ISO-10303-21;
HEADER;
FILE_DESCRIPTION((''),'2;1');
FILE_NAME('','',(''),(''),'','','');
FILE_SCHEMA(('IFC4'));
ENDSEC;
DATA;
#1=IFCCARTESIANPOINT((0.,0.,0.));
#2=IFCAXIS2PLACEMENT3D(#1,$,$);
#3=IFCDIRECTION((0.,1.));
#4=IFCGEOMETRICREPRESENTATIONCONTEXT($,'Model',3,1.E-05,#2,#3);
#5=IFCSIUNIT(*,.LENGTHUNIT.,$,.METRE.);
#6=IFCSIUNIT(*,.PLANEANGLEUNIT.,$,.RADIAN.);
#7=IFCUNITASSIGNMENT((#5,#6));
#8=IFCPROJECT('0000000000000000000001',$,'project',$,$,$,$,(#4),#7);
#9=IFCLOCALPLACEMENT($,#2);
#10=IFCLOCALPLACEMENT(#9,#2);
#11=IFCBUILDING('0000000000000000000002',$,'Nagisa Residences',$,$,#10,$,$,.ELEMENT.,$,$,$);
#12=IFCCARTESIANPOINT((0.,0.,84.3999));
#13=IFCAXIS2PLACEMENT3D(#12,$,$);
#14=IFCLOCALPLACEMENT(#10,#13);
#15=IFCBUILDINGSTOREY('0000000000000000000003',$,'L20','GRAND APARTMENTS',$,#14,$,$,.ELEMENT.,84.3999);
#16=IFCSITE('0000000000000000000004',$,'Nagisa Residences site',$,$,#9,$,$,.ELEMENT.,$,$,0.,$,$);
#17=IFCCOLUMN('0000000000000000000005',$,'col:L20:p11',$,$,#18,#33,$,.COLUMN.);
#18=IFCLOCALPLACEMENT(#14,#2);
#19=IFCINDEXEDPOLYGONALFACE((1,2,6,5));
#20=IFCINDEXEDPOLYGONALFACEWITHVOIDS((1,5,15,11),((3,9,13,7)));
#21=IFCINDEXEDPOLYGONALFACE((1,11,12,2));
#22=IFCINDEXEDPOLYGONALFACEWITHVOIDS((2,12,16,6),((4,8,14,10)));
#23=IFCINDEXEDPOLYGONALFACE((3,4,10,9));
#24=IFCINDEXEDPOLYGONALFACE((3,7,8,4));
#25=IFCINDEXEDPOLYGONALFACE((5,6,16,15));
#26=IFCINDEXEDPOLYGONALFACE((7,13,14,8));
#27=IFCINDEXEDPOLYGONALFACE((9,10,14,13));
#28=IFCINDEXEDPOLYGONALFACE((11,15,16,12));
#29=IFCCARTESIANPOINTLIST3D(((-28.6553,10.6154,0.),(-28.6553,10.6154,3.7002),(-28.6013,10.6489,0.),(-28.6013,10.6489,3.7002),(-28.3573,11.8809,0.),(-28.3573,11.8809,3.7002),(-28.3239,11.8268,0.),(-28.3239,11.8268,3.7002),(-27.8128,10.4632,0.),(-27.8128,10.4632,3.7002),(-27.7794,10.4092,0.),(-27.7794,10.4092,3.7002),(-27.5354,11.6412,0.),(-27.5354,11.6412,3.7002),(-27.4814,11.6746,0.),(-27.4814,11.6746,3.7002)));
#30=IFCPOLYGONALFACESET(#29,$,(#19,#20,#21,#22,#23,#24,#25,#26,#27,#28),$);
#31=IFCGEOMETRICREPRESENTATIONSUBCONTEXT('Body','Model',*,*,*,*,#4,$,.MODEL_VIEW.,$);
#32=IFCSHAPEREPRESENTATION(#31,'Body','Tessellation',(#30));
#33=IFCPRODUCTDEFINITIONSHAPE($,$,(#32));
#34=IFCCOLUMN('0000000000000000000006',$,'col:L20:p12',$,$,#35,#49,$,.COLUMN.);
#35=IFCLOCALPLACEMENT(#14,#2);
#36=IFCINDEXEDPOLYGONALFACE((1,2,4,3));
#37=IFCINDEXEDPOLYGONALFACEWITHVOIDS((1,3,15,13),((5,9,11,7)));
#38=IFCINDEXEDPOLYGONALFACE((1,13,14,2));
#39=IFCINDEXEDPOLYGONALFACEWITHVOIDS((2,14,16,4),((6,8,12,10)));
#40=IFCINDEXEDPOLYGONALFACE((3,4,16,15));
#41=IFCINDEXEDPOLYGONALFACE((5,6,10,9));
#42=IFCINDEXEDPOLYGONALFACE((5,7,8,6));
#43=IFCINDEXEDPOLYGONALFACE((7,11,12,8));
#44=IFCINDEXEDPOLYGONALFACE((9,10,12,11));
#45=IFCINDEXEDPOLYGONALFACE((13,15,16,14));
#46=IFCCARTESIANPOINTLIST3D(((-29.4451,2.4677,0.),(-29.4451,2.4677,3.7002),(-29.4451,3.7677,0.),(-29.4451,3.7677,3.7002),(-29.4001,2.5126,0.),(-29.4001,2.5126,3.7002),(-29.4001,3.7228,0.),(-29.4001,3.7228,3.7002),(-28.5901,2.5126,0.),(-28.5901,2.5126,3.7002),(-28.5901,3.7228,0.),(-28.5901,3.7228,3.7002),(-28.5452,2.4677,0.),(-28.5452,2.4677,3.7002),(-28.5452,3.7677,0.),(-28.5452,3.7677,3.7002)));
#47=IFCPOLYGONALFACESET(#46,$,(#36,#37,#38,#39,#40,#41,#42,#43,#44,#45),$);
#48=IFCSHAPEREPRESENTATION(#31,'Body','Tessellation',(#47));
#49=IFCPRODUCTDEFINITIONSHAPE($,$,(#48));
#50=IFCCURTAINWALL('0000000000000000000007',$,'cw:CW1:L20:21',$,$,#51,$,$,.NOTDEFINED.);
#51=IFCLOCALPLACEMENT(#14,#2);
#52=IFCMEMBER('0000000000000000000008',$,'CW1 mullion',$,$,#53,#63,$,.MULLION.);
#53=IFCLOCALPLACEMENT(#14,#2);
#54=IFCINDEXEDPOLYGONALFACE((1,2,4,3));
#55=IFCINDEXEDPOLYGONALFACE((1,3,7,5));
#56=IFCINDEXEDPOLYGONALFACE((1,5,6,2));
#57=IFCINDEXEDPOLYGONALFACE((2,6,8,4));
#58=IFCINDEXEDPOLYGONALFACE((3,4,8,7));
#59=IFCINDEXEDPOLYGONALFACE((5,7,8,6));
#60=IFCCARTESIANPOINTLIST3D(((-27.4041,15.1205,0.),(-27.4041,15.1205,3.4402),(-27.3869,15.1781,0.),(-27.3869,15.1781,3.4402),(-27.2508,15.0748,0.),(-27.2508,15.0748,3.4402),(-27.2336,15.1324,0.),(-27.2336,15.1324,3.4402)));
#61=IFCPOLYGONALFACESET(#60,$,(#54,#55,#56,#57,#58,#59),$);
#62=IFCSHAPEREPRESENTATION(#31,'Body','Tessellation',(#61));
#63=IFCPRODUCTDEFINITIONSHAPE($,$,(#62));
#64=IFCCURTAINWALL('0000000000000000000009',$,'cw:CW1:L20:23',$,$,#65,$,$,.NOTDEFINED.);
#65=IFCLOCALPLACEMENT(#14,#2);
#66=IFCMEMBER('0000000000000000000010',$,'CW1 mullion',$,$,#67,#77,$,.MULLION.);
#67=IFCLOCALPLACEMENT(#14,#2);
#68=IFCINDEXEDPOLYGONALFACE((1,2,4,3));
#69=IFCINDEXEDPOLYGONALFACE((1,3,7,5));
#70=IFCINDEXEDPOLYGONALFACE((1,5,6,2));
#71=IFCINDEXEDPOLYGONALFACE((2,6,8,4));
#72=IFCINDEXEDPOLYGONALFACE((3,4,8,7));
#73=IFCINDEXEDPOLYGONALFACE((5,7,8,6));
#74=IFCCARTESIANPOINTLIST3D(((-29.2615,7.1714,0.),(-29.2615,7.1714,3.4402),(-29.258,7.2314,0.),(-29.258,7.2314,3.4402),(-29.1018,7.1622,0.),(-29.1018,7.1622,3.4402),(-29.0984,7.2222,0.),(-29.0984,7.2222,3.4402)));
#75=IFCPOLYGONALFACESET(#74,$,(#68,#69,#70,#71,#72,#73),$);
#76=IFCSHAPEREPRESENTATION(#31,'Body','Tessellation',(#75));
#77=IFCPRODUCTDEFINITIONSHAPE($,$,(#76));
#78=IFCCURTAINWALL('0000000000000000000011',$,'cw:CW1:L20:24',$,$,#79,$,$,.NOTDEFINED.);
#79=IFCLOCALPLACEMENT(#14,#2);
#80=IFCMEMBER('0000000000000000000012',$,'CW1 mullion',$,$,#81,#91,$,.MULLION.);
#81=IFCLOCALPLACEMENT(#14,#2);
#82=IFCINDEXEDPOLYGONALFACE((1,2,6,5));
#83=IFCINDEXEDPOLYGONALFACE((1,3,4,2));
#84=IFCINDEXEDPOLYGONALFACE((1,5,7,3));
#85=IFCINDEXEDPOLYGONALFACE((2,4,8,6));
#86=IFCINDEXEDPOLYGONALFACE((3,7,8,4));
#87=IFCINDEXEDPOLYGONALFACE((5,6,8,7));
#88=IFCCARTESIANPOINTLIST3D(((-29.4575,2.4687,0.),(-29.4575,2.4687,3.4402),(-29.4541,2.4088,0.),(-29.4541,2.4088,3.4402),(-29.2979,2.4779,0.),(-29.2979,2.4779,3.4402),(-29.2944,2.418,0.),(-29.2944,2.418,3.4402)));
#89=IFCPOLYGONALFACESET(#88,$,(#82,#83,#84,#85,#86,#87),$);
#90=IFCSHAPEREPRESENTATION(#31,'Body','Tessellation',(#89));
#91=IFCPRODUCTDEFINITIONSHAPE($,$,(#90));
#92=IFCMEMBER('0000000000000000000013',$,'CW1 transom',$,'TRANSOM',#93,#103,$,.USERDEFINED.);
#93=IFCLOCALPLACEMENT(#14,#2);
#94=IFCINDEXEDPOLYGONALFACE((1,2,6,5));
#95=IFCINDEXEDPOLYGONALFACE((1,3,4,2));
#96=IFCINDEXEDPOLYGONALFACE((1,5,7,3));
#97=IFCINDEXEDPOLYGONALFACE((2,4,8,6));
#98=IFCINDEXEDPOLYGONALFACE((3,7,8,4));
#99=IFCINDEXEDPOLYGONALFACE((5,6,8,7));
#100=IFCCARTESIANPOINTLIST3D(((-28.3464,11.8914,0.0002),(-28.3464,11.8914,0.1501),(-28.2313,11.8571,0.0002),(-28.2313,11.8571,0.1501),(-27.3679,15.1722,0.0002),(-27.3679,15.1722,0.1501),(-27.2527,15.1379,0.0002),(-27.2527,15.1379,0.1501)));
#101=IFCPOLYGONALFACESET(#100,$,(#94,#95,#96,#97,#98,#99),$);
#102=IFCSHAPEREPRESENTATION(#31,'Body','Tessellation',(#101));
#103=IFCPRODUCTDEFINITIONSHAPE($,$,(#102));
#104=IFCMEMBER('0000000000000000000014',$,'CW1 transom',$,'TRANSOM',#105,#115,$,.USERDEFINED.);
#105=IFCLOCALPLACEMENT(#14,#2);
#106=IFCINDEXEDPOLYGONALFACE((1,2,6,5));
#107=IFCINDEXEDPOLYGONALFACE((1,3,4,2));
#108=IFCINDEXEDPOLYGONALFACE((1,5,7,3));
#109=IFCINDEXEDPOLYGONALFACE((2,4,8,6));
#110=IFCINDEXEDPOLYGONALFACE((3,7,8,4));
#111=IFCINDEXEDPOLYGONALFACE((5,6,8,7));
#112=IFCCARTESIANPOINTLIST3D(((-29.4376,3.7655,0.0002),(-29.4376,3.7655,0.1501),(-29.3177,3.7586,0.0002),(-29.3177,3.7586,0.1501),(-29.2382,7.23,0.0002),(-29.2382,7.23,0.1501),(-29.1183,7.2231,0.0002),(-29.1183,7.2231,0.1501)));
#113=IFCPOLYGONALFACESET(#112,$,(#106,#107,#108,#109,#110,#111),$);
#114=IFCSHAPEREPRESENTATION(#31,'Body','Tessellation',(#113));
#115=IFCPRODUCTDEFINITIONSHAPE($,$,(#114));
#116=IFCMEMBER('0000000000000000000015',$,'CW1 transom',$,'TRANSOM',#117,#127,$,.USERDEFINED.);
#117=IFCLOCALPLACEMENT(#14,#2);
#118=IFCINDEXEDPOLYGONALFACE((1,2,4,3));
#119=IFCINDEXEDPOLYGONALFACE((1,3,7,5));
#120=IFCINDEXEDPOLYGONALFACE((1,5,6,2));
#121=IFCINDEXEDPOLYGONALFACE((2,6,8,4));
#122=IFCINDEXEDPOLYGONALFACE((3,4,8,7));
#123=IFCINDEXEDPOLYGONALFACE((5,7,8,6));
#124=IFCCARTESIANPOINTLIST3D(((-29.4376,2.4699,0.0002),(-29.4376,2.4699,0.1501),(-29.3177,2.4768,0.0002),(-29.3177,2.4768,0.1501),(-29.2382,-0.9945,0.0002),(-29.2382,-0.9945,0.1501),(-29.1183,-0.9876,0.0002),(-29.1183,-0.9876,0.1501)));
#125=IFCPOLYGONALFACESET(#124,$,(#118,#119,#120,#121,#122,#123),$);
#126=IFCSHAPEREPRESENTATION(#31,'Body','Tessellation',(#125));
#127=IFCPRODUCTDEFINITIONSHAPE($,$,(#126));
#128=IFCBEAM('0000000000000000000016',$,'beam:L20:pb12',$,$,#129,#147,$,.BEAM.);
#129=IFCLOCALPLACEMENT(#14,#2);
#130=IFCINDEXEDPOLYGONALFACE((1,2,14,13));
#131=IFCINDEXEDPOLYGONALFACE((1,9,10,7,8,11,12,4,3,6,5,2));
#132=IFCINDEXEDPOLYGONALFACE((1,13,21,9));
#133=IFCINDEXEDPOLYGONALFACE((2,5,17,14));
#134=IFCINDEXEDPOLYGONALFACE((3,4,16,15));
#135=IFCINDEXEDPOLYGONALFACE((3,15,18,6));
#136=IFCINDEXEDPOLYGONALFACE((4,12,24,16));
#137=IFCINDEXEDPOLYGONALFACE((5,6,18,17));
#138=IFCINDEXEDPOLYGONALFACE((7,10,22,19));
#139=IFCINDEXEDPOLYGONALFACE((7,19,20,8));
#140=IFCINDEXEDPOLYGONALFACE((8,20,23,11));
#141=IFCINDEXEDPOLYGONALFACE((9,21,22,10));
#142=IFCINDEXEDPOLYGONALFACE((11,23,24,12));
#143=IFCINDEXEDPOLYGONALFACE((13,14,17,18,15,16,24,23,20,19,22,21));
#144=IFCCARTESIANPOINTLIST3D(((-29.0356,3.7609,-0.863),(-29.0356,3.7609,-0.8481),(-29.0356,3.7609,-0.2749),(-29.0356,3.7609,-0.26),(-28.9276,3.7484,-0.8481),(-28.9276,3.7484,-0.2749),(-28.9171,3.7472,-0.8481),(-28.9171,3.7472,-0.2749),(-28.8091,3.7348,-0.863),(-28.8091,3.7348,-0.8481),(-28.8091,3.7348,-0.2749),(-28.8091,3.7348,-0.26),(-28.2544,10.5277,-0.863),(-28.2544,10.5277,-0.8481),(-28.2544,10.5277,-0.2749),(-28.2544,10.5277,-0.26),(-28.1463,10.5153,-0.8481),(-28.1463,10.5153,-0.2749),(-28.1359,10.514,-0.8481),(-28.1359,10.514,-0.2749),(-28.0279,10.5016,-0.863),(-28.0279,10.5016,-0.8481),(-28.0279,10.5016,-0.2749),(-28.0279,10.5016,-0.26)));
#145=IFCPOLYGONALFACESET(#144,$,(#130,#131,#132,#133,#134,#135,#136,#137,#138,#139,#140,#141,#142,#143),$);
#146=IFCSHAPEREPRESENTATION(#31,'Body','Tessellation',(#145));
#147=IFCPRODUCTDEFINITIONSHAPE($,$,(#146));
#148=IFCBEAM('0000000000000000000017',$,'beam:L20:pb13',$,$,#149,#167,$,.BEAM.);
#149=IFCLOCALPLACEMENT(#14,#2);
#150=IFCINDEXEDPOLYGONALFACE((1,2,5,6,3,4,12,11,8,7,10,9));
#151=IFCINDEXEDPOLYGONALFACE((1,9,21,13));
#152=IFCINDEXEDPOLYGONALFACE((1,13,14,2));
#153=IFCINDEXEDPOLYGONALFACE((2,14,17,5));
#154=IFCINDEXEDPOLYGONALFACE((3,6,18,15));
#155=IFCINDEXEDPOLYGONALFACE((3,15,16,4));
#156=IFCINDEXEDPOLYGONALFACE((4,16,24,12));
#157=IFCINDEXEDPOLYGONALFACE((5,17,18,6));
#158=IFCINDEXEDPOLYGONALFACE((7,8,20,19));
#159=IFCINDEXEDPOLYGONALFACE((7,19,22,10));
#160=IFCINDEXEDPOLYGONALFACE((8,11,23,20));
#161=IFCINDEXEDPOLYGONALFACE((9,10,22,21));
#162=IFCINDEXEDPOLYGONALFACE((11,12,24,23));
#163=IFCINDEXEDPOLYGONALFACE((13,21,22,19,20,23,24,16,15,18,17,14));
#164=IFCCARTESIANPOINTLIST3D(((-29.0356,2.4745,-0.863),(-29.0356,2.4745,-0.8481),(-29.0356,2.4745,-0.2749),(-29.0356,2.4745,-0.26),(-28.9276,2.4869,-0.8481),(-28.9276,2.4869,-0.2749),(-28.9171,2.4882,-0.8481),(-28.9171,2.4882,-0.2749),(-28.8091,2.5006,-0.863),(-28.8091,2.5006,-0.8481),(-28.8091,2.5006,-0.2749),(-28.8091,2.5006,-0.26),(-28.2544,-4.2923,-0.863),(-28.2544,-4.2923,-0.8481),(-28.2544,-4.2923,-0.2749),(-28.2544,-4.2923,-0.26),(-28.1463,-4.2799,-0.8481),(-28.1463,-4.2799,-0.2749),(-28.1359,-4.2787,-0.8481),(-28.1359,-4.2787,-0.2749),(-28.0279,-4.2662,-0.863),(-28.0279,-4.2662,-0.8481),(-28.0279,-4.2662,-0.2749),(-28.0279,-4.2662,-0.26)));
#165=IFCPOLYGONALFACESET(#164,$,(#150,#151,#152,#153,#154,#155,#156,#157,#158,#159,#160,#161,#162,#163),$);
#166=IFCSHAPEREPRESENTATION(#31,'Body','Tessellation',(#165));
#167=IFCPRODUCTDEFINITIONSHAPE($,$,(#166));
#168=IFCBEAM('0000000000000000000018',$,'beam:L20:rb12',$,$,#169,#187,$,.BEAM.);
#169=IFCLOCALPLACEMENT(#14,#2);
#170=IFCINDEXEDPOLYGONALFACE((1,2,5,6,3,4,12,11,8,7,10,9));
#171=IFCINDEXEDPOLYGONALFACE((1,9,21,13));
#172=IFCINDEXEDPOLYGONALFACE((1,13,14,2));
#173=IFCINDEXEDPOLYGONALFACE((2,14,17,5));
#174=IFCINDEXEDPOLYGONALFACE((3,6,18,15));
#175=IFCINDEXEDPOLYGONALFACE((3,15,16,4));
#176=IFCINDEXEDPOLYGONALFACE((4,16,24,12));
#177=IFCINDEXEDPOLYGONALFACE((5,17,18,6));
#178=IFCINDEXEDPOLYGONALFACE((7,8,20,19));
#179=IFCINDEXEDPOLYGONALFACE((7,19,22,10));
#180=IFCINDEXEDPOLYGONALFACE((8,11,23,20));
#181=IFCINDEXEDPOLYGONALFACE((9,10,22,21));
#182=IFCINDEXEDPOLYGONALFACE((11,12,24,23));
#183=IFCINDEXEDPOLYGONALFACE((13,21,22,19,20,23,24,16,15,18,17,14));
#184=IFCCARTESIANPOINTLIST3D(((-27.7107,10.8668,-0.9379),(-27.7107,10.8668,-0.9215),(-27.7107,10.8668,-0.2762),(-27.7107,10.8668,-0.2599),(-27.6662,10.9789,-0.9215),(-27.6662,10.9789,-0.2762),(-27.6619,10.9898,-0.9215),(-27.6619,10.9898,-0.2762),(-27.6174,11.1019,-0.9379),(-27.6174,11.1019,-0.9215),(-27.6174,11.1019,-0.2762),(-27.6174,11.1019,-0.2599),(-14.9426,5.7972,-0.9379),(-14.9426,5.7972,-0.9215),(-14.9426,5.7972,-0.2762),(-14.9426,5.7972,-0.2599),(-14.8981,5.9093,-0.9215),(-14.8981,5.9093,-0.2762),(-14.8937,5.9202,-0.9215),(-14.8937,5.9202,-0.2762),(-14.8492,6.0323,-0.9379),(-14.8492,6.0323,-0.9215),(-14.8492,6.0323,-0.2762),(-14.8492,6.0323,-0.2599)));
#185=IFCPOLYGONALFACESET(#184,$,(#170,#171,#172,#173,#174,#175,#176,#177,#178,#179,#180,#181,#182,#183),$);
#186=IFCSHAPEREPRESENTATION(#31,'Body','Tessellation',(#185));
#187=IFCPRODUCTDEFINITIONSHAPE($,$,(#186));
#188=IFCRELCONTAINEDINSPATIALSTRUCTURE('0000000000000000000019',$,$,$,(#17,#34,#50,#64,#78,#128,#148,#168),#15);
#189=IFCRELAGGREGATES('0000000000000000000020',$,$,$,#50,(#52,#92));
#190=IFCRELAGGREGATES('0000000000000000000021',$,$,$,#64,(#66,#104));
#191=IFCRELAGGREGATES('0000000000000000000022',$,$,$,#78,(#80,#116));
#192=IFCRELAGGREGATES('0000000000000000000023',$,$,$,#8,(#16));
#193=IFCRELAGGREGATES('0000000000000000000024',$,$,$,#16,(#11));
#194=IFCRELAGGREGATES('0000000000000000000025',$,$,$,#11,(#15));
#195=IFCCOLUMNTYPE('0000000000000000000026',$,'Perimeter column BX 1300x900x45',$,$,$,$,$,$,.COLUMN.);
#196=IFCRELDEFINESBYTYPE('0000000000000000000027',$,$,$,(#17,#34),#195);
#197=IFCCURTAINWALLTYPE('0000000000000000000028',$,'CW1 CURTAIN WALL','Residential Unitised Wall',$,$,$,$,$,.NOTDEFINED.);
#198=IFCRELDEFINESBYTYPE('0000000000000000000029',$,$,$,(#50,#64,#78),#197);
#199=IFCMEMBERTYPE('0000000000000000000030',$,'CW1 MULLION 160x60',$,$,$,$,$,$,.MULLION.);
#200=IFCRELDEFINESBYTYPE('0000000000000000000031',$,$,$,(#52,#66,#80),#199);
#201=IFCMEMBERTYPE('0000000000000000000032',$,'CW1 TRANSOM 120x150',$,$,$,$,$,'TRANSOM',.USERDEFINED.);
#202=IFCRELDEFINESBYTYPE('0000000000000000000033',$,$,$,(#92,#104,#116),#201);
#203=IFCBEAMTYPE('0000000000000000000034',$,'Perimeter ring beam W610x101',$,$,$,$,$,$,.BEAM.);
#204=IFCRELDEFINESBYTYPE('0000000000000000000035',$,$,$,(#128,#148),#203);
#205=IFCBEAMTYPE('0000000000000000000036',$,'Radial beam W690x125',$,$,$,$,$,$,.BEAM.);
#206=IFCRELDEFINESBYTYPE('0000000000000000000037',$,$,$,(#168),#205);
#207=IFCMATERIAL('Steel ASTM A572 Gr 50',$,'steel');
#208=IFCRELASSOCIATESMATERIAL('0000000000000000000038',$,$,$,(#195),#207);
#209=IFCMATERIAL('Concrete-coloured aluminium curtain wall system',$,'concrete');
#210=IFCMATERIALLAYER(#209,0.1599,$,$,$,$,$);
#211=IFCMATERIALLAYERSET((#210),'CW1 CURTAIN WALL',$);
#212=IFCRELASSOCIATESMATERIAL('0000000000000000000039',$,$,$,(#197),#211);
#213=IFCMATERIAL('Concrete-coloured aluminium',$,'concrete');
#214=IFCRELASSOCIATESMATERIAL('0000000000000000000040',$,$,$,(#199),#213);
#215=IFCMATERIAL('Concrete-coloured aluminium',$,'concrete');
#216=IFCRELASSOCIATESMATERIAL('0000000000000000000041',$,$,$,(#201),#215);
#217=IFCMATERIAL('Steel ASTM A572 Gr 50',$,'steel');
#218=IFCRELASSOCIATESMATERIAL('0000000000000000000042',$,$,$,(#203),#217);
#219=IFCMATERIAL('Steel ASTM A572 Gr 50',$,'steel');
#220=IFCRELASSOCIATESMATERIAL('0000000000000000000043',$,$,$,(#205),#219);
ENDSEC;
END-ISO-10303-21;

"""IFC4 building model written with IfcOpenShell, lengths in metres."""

from ifc_helpers import new_model, si_unit, direction, frame, origin, origin_2d, place, context, subcontext, project, spatial, rectangle, hollow_rectangle, i_section, extrude, material, layer, layer_set, material_profile, profile_set, type_object, element, aggregate, save


model = new_model("IFC4")

# Units and contexts
model_context = context("Model", 3, precision=1e-05, world=origin(), true_north=direction((0.0, 1.0)))
body_context = subcontext(model_context, "Body", "Model", "MODEL_VIEW")
ifc_project = project(units=[si_unit("LENGTHUNIT", "METRE"), si_unit("PLANEANGLEUNIT", "RADIAN")], contexts=[model_context])

# Site, building, storey
site_placement = place(None, origin())
site = spatial("IfcSite", under=ifc_project, at=site_placement, Name="Nagisa Residences site", CompositionType="ELEMENT", RefElevation=0.0)
building_placement = place(site_placement, origin())
building = spatial("IfcBuilding", under=site, at=building_placement, Name="Nagisa Residences", CompositionType="ELEMENT")
storey_placement = place(building_placement, frame((0.0, 0.0, 84.3999)))
storey = spatial("IfcBuildingStorey", under=building, at=storey_placement, Name="L20", Description="GRAND APARTMENTS", CompositionType="ELEMENT", Elevation=84.3999)

# Columns
ifc_material_1 = material(Name="Steel ASTM A572 Gr 50", Category="steel")
ifc_material_profile_1 = material_profile(ifc_material_1, hollow_rectangle(XDim=1.3, YDim=0.8999, WallThickness=0.0449, at=origin_2d()), Name="BX 1300x900x45")
ifc_profile_set_1 = profile_set([ifc_material_profile_1], Name="Steel ASTM A572 Gr 50")
column_type = type_object("IfcColumnType", Name="Perimeter column BX 1300x900x45", PredefinedType="COLUMN", material=ifc_profile_set_1)
for number, where, z_axis, x_axis, name in (
    (1, (-28.0684, 11.145, 0.0), (0.0, 0.0, 1.0), (-0.229202, -0.973379, 0.0), "col:L20:p11"),
    (2, (-28.9951, 3.1177, 0.0), (0.0, 0.0, 1.0), (0.0, -1.0, 0.0), "col:L20:p12"),
):
    element("IfcColumn", number, at=place(storey_placement, frame(where, z_axis=z_axis, x_axis=x_axis)), inside=storey, type_object=column_type, Name=name, PredefinedType="COLUMN", context=body_context, shape_type="SweptSolid", body=[
        extrude(hollow_rectangle(XDim=1.3, YDim=0.8999, WallThickness=0.0449, at=origin_2d()), origin(), (0.0, 0.0, 1.0), 3.7002),
    ])

# Curtain walls, members
ifc_material_2 = material(Name="Concrete-coloured aluminium curtain wall system", Category="concrete")
ifc_layer_1 = layer(ifc_material_2, 0.1599)
ifc_layer_set_1 = layer_set([ifc_layer_1], Name="CW1 CURTAIN WALL")
curtain_wall_type = type_object("IfcCurtainWallType", Name="CW1 CURTAIN WALL", Description="Residential Unitised Wall", PredefinedType="NOTDEFINED", material=ifc_layer_set_1)
curtain_wall_1_placement = place(storey_placement, origin())
curtain_wall_1 = element("IfcCurtainWall", 3, at=curtain_wall_1_placement, inside=storey, type_object=curtain_wall_type, Name="cw:CW1:L20:21", PredefinedType="NOTDEFINED")
ifc_material_3 = material(Name="Concrete-coloured aluminium", Category="concrete")
ifc_material_profile_2 = material_profile(ifc_material_3, rectangle(XDim=0.1599, YDim=0.0601, at=origin_2d()), Name="CW1 MULLION 160x60")
ifc_profile_set_2 = profile_set([ifc_material_profile_2], Name="Concrete-coloured aluminium")
member_type_1 = type_object("IfcMemberType", Name="CW1 MULLION 160x60", PredefinedType="MULLION", material=ifc_profile_set_2)
member_1_placement = place(storey_placement, frame((-27.3188, 15.1265, 0.0), z_axis=(0.0, 0.0, 1.0), x_axis=(0.958271, -0.28586, 0.0)))
member_1 = element("IfcMember", 4, at=member_1_placement, type_object=member_type_1, Name="CW1 mullion", PredefinedType="MULLION", context=body_context, shape_type="SweptSolid", body=[
    extrude(rectangle(XDim=0.1599, YDim=0.0601, at=origin_2d()), origin(), (0.0, 0.0, 1.0), 3.4402),
])
curtain_wall_2_placement = place(storey_placement, origin())
curtain_wall_2 = element("IfcCurtainWall", 5, at=curtain_wall_2_placement, inside=storey, type_object=curtain_wall_type, Name="cw:CW1:L20:23", PredefinedType="NOTDEFINED")
member_2_placement = place(storey_placement, frame((-29.1799, 7.1968, 0.0), z_axis=(0.0, 0.0, 1.0), x_axis=(0.998345, -0.057503, 0.0)))
member_2 = element("IfcMember", 6, at=member_2_placement, type_object=member_type_1, Name="CW1 mullion", PredefinedType="MULLION", context=body_context, shape_type="SweptSolid", body=[
    extrude(rectangle(XDim=0.1599, YDim=0.0601, at=origin_2d()), origin(), (0.0, 0.0, 1.0), 3.4402),
])
curtain_wall_3_placement = place(storey_placement, origin())
curtain_wall_3 = element("IfcCurtainWall", 7, at=curtain_wall_3_placement, inside=storey, type_object=curtain_wall_type, Name="cw:CW1:L20:24", PredefinedType="NOTDEFINED")
member_3_placement = place(storey_placement, frame((-29.376, 2.4434, 0.0), z_axis=(0.0, 0.0, 1.0), x_axis=(0.998345, 0.057503, 0.0)))
member_3 = element("IfcMember", 8, at=member_3_placement, type_object=member_type_1, Name="CW1 mullion", PredefinedType="MULLION", context=body_context, shape_type="SweptSolid", body=[
    extrude(rectangle(XDim=0.1599, YDim=0.0601, at=origin_2d()), origin(), (0.0, 0.0, 1.0), 3.4402),
])

# Members
ifc_material_4 = material(Name="Concrete-coloured aluminium", Category="concrete")
ifc_material_profile_3 = material_profile(ifc_material_4, rectangle(XDim=0.1201, YDim=0.1499, at=origin_2d()), Name="CW1 TRANSOM 120x150")
ifc_profile_set_3 = profile_set([ifc_material_profile_3], Name="Concrete-coloured aluminium")
member_type_2 = type_object("IfcMemberType", Name="CW1 TRANSOM 120x150", ElementType="TRANSOM", PredefinedType="USERDEFINED", material=ifc_profile_set_3)
member_4_placement = place(storey_placement, frame((-27.3103, 15.155, 0.0752), z_axis=(-0.285817, -0.958284, 0.0), x_axis=(0.958284, -0.285817, 0.0)))
member_4 = element("IfcMember", 9, at=member_4_placement, type_object=member_type_2, Name="CW1 transom", ObjectType="TRANSOM", PredefinedType="USERDEFINED", context=body_context, shape_type="SweptSolid", body=[
    extrude(rectangle(XDim=0.1201, YDim=0.1499, at=origin_2d()), origin(), (0.0, 0.0, 1.0), 3.4236),
])
member_5_placement = place(storey_placement, frame((-29.1782, 7.2266, 0.0752), z_axis=(-0.057477, -0.998347, 0.0), x_axis=(0.998347, -0.057477, 0.0)))
member_5 = element("IfcMember", 10, at=member_5_placement, type_object=member_type_2, Name="CW1 transom", ObjectType="TRANSOM", PredefinedType="USERDEFINED", context=body_context, shape_type="SweptSolid", body=[
    extrude(rectangle(XDim=0.1201, YDim=0.1499, at=origin_2d()), origin(), (0.0, 0.0, 1.0), 3.4702),
])
member_6_placement = place(storey_placement, frame((-29.3777, 2.4734, 0.0752), z_axis=(0.057477, -0.998347, 0.0), x_axis=(0.998347, 0.057477, 0.0)))
member_6 = element("IfcMember", 11, at=member_6_placement, type_object=member_type_2, Name="CW1 transom", ObjectType="TRANSOM", PredefinedType="USERDEFINED", context=body_context, shape_type="SweptSolid", body=[
    extrude(rectangle(XDim=0.1201, YDim=0.1499, at=origin_2d()), origin(), (0.0, 0.0, 1.0), 3.4702),
])

# Beams
ifc_material_5 = material(Name="Steel ASTM A572 Gr 50", Category="steel")
ifc_material_profile_4 = material_profile(ifc_material_5, i_section(OverallWidth=0.228, OverallDepth=0.603, WebThickness=0.0105, FlangeThickness=0.0149, at=origin_2d()), Name="W610x101")
ifc_profile_set_4 = profile_set([ifc_material_profile_4], Name="Steel ASTM A572 Gr 50")
beam_type_1 = type_object("IfcBeamType", Name="Perimeter ring beam W610x101", PredefinedType="BEAM", material=ifc_profile_set_4)
for number, where, z_axis, x_axis, name in (
    (12, (-28.1411, 10.5146, -0.5615), (-0.114691, -0.993401, 0.0), (0.993401, -0.114691, 0.0), "beam:L20:pb12"),
    (13, (-28.9224, 2.4875, -0.5615), (0.114691, -0.993401, 0.0), (0.993401, 0.114691, 0.0), "beam:L20:pb13"),
):
    element("IfcBeam", number, at=place(storey_placement, frame(where, z_axis=z_axis, x_axis=x_axis)), inside=storey, type_object=beam_type_1, Name=name, PredefinedType="BEAM", context=body_context, shape_type="SweptSolid", body=[
        extrude(i_section(OverallWidth=0.228, OverallDepth=0.603, WebThickness=0.0105, FlangeThickness=0.0149, at=origin_2d()), origin(), (0.0, 0.0, 1.0), 6.8118),
    ])
ifc_material_6 = material(Name="Steel ASTM A572 Gr 50", Category="steel")
ifc_material_profile_5 = material_profile(ifc_material_6, i_section(OverallWidth=0.2529, OverallDepth=0.678, WebThickness=0.0117, FlangeThickness=0.0164, at=origin_2d()), Name="W690x125")
ifc_profile_set_5 = profile_set([ifc_material_profile_5], Name="Steel ASTM A572 Gr 50")
beam_type_2 = type_object("IfcBeamType", Name="Radial beam W690x125", PredefinedType="BEAM", material=ifc_profile_set_5)
beam_1_placement = place(storey_placement, frame((-27.6641, 10.9844, -0.5989), z_axis=(0.929419, -0.369027, 0.0), x_axis=(0.369027, 0.929419, 0.0)))
element("IfcBeam", 14, at=beam_1_placement, inside=storey, type_object=beam_type_2, Name="beam:L20:rb12", PredefinedType="BEAM", context=body_context, shape_type="SweptSolid", body=[
    extrude(i_section(OverallWidth=0.2529, OverallDepth=0.678, WebThickness=0.0117, FlangeThickness=0.0164, at=origin_2d()), origin(), (0.0, 0.0, 1.0), 13.7378),
])

aggregate(curtain_wall_1, [member_1, member_4])
aggregate(curtain_wall_2, [member_2, member_5])
aggregate(curtain_wall_3, [member_3, member_6])

save(model, "model.ifc")
